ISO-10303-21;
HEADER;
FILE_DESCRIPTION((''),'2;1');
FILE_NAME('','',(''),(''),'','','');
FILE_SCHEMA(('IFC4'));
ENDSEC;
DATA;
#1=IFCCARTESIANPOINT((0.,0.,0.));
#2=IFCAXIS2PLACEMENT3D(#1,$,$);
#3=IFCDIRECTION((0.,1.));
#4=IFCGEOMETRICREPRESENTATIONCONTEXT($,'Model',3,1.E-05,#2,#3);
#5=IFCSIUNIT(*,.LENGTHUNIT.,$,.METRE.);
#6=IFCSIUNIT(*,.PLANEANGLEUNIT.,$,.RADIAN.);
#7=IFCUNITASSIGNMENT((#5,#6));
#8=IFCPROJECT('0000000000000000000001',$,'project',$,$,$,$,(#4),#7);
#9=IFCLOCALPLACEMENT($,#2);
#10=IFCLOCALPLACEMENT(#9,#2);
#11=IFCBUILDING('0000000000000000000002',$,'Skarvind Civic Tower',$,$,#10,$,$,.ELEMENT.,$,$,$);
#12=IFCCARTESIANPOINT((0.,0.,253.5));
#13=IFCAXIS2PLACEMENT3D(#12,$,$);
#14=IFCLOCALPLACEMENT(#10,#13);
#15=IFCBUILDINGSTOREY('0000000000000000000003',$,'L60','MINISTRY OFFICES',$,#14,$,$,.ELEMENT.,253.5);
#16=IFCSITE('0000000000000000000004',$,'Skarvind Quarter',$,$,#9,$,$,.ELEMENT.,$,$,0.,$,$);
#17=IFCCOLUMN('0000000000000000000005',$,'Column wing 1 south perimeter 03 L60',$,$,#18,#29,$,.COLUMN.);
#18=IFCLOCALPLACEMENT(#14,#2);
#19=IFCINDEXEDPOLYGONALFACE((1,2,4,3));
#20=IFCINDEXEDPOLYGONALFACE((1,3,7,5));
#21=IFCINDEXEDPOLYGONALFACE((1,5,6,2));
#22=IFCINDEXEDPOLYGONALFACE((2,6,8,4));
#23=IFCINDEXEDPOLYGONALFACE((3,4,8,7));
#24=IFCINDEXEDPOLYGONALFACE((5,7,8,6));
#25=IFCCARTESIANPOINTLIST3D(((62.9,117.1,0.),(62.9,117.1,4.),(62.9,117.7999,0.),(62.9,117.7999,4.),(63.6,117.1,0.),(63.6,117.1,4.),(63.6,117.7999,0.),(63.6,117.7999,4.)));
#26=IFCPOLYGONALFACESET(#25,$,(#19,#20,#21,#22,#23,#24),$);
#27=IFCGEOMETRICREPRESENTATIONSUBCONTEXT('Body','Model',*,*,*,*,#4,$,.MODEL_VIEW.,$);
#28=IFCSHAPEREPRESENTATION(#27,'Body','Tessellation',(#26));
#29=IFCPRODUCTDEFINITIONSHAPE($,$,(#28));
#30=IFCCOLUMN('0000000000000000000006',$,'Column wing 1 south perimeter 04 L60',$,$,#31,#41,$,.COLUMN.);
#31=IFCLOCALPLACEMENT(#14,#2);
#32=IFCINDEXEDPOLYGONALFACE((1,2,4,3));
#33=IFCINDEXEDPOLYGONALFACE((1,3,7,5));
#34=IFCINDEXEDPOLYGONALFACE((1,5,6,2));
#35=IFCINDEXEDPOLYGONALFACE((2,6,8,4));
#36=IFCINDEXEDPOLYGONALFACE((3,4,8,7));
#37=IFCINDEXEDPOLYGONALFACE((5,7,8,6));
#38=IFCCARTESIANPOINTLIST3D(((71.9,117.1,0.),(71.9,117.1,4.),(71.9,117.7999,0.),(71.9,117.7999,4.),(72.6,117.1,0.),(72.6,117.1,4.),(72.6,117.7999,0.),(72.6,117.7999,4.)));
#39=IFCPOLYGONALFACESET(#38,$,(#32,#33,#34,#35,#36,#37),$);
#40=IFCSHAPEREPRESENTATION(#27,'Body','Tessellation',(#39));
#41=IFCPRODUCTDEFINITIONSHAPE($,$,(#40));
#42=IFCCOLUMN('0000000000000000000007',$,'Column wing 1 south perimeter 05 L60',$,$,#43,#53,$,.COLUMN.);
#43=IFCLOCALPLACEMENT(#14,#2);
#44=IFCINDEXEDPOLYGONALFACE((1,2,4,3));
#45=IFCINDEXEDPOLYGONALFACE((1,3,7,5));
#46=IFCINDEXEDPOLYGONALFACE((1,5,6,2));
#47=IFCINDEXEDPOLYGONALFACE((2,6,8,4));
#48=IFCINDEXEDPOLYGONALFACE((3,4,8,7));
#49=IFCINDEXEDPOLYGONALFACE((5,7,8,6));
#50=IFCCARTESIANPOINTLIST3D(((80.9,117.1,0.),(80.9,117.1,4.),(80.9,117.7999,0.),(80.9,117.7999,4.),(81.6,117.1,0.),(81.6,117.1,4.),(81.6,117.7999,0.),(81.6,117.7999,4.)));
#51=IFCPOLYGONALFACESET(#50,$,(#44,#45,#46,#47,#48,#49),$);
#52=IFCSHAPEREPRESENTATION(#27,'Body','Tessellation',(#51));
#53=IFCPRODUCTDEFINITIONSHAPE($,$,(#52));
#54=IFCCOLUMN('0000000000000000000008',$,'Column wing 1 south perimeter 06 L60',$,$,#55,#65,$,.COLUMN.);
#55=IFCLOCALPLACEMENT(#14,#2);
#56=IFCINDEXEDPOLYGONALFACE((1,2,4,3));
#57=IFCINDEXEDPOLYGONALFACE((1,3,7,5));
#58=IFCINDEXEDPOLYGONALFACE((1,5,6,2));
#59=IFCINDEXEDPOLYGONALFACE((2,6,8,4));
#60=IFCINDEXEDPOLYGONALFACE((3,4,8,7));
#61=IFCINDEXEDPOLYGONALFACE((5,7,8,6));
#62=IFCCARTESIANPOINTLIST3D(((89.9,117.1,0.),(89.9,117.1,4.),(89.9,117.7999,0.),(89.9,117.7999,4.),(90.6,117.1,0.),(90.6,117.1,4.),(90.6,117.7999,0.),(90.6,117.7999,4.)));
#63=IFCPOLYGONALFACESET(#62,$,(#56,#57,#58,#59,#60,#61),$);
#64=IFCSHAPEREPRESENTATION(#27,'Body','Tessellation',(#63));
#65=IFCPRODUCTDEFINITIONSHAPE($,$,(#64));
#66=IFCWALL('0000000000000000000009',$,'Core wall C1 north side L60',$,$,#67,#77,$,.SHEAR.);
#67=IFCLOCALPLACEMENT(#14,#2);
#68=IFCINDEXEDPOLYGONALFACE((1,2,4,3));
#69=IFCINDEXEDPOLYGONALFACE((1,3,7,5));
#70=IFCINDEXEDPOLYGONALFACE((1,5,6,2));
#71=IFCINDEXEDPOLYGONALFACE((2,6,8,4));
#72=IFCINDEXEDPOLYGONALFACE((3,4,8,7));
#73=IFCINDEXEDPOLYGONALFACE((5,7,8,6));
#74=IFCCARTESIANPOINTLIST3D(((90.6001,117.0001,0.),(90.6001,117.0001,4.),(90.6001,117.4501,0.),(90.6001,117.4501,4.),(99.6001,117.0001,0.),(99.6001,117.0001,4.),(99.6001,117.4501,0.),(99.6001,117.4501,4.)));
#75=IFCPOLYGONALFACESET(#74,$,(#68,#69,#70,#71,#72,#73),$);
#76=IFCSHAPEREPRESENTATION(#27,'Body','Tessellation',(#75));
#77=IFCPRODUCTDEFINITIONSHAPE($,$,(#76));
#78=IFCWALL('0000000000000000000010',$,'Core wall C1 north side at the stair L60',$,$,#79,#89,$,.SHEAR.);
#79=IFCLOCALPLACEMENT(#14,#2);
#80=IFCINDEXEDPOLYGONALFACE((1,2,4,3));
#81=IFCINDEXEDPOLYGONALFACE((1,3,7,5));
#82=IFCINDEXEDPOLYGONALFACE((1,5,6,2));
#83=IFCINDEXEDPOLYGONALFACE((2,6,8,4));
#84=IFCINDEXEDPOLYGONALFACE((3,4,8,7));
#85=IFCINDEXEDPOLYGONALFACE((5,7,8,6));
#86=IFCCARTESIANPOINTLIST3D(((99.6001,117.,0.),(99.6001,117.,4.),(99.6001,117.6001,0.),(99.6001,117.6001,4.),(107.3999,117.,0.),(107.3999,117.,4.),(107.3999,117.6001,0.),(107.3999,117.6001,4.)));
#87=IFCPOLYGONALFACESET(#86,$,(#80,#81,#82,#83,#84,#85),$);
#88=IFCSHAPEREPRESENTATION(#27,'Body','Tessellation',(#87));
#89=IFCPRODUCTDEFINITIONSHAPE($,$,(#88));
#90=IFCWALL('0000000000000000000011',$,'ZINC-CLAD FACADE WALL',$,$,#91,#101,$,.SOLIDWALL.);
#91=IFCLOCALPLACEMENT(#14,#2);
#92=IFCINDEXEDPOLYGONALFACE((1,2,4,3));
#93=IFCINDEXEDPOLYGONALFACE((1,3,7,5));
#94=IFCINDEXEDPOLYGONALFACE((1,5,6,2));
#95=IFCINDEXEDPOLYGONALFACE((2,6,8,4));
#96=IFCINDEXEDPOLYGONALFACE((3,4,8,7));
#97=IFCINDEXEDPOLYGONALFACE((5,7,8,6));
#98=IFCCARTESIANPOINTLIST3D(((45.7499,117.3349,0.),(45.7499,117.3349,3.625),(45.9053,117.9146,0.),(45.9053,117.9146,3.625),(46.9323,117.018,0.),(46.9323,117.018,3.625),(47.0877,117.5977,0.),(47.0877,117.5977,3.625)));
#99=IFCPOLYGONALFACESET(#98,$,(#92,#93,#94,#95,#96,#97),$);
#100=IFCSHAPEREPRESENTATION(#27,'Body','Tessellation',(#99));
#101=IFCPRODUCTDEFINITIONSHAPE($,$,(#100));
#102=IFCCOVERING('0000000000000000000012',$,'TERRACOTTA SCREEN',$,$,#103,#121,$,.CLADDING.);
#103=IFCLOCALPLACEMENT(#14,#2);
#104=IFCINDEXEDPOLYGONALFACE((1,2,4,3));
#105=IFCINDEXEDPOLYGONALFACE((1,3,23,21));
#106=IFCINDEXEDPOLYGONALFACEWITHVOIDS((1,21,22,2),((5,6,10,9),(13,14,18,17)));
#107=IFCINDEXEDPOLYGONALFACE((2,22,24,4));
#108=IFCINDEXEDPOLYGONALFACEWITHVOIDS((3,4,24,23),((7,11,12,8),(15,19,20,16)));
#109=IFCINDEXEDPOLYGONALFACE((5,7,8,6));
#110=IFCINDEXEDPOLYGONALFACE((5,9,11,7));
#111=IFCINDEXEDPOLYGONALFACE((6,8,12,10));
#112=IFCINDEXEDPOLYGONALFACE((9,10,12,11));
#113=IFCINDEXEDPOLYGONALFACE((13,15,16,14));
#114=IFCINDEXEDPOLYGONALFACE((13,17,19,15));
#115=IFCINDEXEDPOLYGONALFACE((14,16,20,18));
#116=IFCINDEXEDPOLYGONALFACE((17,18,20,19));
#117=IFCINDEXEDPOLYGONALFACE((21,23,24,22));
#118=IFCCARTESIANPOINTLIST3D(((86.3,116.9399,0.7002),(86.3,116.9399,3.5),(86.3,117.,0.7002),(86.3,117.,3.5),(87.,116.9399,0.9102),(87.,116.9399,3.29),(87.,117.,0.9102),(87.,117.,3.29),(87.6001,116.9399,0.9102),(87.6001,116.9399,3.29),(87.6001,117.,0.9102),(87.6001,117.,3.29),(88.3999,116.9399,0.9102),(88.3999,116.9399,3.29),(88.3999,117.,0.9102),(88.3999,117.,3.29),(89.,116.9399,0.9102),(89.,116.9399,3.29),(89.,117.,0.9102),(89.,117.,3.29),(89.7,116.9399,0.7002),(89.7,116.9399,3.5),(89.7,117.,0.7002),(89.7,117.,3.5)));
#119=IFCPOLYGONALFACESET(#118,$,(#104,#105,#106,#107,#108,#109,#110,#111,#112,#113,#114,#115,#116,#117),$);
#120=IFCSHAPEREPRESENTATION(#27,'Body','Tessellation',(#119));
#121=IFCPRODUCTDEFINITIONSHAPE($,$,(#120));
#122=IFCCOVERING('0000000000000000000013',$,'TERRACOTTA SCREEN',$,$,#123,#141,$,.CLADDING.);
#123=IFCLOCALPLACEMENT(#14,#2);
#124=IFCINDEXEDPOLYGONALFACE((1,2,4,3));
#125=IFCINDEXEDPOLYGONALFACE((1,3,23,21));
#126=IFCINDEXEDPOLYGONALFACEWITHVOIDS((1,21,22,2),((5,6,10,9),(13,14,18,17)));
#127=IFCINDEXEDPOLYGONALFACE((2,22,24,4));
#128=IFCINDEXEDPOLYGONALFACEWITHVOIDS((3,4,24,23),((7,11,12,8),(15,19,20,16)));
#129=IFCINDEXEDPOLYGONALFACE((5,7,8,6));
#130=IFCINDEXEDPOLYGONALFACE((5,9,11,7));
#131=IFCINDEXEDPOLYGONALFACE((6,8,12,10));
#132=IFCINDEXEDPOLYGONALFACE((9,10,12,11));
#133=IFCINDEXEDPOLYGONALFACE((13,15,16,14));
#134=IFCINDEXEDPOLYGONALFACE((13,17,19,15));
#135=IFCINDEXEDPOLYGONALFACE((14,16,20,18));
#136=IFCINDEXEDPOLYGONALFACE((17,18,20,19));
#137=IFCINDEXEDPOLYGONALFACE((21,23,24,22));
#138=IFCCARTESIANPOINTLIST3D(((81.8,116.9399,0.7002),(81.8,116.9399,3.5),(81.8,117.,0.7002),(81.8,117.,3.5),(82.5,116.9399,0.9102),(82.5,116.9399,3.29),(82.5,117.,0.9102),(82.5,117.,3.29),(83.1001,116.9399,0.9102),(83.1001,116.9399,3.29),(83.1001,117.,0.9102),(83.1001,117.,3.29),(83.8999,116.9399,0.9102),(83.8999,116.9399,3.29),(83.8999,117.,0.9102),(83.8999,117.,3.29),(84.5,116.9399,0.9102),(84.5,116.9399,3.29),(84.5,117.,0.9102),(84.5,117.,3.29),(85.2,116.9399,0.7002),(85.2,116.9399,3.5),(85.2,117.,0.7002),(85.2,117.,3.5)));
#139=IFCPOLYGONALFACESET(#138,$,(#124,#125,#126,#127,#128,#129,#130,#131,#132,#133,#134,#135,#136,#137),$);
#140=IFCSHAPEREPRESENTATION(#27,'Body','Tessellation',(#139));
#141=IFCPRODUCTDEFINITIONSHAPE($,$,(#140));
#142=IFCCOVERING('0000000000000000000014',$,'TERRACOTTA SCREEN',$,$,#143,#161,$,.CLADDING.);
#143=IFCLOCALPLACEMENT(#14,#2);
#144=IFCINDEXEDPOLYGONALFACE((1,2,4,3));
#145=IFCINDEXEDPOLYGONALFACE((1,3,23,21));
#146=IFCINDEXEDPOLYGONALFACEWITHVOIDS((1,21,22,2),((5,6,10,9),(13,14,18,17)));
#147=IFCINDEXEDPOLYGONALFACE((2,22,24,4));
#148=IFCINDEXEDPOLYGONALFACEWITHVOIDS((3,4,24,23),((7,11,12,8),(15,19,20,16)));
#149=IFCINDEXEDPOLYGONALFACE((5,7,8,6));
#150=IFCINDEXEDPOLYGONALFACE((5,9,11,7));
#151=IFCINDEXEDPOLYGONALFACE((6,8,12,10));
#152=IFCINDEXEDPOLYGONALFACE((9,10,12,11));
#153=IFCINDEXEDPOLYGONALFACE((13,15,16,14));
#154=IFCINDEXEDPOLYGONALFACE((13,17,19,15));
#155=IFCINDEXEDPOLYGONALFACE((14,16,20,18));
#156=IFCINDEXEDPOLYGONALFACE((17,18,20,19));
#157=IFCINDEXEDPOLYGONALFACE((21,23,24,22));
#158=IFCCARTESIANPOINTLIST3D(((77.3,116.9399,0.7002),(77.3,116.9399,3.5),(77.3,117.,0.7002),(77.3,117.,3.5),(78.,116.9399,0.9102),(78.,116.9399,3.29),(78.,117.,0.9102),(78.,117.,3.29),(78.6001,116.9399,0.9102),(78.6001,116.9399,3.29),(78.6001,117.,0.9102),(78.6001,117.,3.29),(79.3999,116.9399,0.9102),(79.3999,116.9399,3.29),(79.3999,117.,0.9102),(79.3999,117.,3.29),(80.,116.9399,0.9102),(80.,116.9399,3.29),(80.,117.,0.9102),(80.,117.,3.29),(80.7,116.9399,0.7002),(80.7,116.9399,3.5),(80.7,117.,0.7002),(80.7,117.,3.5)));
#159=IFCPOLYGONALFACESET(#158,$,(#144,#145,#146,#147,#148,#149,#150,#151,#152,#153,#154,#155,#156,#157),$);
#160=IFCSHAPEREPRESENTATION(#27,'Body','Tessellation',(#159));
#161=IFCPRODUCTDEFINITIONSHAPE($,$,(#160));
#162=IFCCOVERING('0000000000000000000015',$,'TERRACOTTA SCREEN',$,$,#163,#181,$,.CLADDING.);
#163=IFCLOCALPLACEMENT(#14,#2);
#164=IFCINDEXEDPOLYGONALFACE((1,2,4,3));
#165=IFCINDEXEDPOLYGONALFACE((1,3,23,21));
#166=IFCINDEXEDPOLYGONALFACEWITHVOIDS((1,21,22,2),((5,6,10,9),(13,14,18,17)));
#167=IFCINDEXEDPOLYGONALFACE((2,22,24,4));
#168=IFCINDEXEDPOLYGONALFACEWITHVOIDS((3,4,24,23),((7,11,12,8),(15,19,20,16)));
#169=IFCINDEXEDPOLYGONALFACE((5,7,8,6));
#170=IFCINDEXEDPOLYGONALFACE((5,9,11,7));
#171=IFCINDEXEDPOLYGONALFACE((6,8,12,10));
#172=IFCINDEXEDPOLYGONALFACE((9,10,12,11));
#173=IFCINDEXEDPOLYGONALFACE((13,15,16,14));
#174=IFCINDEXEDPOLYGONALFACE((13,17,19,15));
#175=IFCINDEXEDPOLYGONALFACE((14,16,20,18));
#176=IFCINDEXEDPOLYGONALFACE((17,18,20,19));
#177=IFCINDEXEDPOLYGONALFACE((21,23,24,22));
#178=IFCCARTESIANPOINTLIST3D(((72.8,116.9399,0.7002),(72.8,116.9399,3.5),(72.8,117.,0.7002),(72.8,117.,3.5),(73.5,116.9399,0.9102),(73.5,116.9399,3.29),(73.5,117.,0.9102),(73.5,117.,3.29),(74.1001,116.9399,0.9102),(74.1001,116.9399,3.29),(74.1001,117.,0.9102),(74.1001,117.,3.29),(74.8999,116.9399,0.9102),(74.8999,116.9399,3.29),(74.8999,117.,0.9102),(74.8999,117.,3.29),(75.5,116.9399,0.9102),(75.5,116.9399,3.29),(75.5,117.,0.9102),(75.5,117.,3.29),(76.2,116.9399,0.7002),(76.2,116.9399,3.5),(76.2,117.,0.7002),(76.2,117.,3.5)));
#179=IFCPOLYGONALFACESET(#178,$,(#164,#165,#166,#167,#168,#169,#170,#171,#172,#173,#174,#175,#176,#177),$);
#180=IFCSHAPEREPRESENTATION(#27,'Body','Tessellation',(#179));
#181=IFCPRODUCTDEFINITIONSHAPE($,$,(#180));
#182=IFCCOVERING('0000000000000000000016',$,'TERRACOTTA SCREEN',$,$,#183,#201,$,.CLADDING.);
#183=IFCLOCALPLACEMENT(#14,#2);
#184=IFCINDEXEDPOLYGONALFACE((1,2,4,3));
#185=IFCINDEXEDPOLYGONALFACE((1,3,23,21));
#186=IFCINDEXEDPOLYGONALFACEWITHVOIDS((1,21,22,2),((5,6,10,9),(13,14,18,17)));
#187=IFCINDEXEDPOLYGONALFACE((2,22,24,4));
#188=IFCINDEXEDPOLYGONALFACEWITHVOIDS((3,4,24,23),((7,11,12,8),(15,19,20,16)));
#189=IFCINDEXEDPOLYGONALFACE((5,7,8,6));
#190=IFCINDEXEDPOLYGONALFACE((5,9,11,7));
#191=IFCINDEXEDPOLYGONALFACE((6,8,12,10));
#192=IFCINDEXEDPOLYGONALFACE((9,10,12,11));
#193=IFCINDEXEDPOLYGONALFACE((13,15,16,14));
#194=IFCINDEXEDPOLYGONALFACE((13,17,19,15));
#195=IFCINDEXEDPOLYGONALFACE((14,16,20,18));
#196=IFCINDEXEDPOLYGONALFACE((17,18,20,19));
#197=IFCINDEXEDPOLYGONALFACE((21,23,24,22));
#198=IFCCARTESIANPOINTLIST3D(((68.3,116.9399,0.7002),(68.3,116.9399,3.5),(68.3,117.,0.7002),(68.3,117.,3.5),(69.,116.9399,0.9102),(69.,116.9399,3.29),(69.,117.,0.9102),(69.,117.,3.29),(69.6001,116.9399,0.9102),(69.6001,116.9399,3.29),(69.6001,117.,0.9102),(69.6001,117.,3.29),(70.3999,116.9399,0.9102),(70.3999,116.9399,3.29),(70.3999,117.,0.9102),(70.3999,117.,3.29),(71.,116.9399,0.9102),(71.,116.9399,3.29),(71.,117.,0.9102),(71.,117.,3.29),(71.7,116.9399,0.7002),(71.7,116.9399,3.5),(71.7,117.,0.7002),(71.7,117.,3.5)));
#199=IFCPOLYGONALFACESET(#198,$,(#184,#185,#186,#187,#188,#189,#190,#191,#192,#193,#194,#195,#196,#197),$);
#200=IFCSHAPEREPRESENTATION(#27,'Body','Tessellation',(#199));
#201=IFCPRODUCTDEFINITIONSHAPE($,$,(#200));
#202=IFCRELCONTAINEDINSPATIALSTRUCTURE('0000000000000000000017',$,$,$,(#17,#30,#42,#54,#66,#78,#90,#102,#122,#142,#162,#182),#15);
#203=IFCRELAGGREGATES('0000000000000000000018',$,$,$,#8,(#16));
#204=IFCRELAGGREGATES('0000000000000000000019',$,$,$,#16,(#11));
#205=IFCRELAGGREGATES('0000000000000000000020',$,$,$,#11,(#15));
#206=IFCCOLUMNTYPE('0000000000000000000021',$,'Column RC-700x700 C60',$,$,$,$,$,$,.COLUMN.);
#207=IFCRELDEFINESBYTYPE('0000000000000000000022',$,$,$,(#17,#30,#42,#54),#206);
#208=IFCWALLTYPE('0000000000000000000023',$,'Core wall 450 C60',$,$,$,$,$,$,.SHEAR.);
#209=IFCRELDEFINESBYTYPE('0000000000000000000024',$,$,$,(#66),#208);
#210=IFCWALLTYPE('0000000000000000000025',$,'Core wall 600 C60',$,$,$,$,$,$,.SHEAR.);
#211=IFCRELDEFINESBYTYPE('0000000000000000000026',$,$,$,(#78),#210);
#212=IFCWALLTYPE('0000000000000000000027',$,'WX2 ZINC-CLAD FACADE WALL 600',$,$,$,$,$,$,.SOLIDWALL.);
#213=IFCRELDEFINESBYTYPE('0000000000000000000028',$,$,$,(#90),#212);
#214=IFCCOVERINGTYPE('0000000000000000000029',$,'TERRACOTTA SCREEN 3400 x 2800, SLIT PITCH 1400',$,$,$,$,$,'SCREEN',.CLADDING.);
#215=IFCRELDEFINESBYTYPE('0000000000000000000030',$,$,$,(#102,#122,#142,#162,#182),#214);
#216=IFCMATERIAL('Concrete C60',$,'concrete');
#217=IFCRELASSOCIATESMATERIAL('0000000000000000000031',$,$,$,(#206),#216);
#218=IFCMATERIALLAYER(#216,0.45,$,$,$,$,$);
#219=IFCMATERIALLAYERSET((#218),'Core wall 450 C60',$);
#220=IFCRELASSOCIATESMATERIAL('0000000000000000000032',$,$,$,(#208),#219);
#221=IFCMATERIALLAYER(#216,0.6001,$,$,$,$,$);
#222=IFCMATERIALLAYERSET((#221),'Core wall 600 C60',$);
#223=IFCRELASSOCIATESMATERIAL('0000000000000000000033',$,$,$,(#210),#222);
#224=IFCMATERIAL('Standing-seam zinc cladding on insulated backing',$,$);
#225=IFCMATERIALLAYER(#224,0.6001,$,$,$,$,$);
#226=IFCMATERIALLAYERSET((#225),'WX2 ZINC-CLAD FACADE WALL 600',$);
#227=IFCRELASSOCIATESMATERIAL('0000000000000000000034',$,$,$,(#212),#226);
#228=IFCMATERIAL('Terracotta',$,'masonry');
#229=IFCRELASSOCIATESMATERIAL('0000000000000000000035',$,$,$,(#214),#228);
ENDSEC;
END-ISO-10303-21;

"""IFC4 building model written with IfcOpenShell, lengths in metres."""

from ifc_helpers import new_model, si_unit, direction, frame, frame_2d, origin, origin_2d, place, context, subcontext, project, spatial, polyline, rectangle, outline, extrude, material, layer, layer_set, material_profile, profile_set, type_object, element, save


model = new_model("IFC4")

# Units and contexts
model_context = context("Model", 3, precision=1e-05, world=origin(), true_north=direction((0.0, 1.0)))
body_context = subcontext(model_context, "Body", "Model", "MODEL_VIEW")
ifc_project = project(units=[si_unit("LENGTHUNIT", "METRE"), si_unit("PLANEANGLEUNIT", "RADIAN")], contexts=[model_context])

# Site, building, storey
site_placement = place(None, origin())
site = spatial("IfcSite", under=ifc_project, at=site_placement, Name="Skarvind Quarter", CompositionType="ELEMENT", RefElevation=0.0)
building_placement = place(site_placement, origin())
building = spatial("IfcBuilding", under=site, at=building_placement, Name="Skarvind Civic Tower", CompositionType="ELEMENT")
storey_placement = place(building_placement, frame((0.0, 0.0, 253.5)))
storey = spatial("IfcBuildingStorey", under=building, at=storey_placement, Name="L60", Description="MINISTRY OFFICES", CompositionType="ELEMENT", Elevation=253.5)

# Columns
ifc_material_1 = material(Name="Concrete C60", Category="concrete")
ifc_material_profile_1 = material_profile(ifc_material_1, rectangle(XDim=0.7, YDim=0.7, at=origin_2d()), Name="RC-700x700")
ifc_profile_set_1 = profile_set([ifc_material_profile_1], Name="Concrete C60")
column_type = type_object("IfcColumnType", Name="Column RC-700x700 C60", PredefinedType="COLUMN", material=ifc_profile_set_1)
for number, where, z_axis, x_axis, name in (
    (1, (63.25, 117.45, 0.0), (0.0, 0.0, 1.0), (1.0, 0.0, 0.0), "Column wing 1 south perimeter 03 L60"),
    (2, (72.25, 117.45, 0.0), (0.0, 0.0, 1.0), (1.0, 0.0, 0.0), "Column wing 1 south perimeter 04 L60"),
    (3, (81.25, 117.45, 0.0), (0.0, 0.0, 1.0), (1.0, 0.0, 0.0), "Column wing 1 south perimeter 05 L60"),
    (4, (90.25, 117.45, 0.0), (0.0, 0.0, 1.0), (1.0, 0.0, 0.0), "Column wing 1 south perimeter 06 L60"),
):
    element("IfcColumn", number, at=place(storey_placement, frame(where, z_axis=z_axis, x_axis=x_axis)), inside=storey, type_object=column_type, Name=name, PredefinedType="COLUMN", context=body_context, shape_type="SweptSolid", body=[
        extrude(rectangle(XDim=0.7, YDim=0.7, at=origin_2d()), origin(), (0.0, 0.0, 1.0), 4.0),
    ])

# Walls
ifc_layer_1 = layer(ifc_material_1, 0.45)
ifc_layer_set_1 = layer_set([ifc_layer_1], Name="Core wall 450 C60")
wall_type_1 = type_object("IfcWallType", Name="Core wall 450 C60", PredefinedType="SHEAR", material=ifc_layer_set_1)
wall_1_placement = place(storey_placement, frame((99.6001, 117.2251, 0.0), z_axis=(0.0, 0.0, 1.0), x_axis=(-1.0, 0.0, 0.0)))
element("IfcWall", 5, at=wall_1_placement, inside=storey, type_object=wall_type_1, Name="Core wall C1 north side L60", PredefinedType="SHEAR", context=body_context, shape_type="SweptSolid", body=[
    extrude(rectangle(XDim=9.0, YDim=0.45, at=frame_2d((4.5, 0.0))), origin(), (0.0, 0.0, 1.0), 4.0),
])
ifc_layer_2 = layer(ifc_material_1, 0.6001)
ifc_layer_set_2 = layer_set([ifc_layer_2], Name="Core wall 600 C60")
wall_type_2 = type_object("IfcWallType", Name="Core wall 600 C60", PredefinedType="SHEAR", material=ifc_layer_set_2)
wall_2_placement = place(storey_placement, frame((107.3999, 117.3, 0.0), z_axis=(0.0, 0.0, 1.0), x_axis=(-1.0, 0.0, 0.0)))
element("IfcWall", 6, at=wall_2_placement, inside=storey, type_object=wall_type_2, Name="Core wall C1 north side at the stair L60", PredefinedType="SHEAR", context=body_context, shape_type="SweptSolid", body=[
    extrude(rectangle(XDim=7.7998, YDim=0.6001, at=frame_2d((3.8999, 0.0))), origin(), (0.0, 0.0, 1.0), 4.0),
])
ifc_material_2 = material(Name="Standing-seam zinc cladding on insulated backing")
ifc_layer_3 = layer(ifc_material_2, 0.6001)
ifc_layer_set_3 = layer_set([ifc_layer_3], Name="WX2 ZINC-CLAD FACADE WALL 600")
wall_type_3 = type_object("IfcWallType", Name="WX2 ZINC-CLAD FACADE WALL 600", PredefinedType="SOLIDWALL", material=ifc_layer_set_3)
wall_3_placement = place(storey_placement, frame((47.01, 117.3079, 0.0), z_axis=(0.0, 0.0, 1.0), x_axis=(-0.96591, 0.258879, 0.0)))
element("IfcWall", 7, at=wall_3_placement, inside=storey, type_object=wall_type_3, Name="ZINC-CLAD FACADE WALL", PredefinedType="SOLIDWALL", context=body_context, shape_type="SweptSolid", body=[
    extrude(rectangle(XDim=1.2241, YDim=0.6001, at=frame_2d((0.6121, 0.0))), origin(), (0.0, 0.0, 1.0), 3.625),
])

# Coverings
ifc_material_3 = material(Name="Terracotta", Category="masonry")
ifc_material_profile_2 = material_profile(ifc_material_3, outline(polyline([(-1.7, -1.3999), (1.7, -1.3999), (1.7, 1.3999), (-1.7, 1.3999), (-1.7, -1.3999)]), holes=[polyline([(-1.0, -1.1899), (-0.3999, -1.1899), (-0.3999, 1.1899), (-1.0, 1.1899), (-1.0, -1.1899)]), polyline([(0.3999, -1.1899), (1.0, -1.1899), (1.0, 1.1899), (0.3999, 1.1899), (0.3999, -1.1899)])]), Name="TERRACOTTA SCREEN 3400 x 2800, SLIT PITCH 1400")
ifc_profile_set_2 = profile_set([ifc_material_profile_2], Name="Terracotta")
covering_type = type_object("IfcCoveringType", Name="TERRACOTTA SCREEN 3400 x 2800, SLIT PITCH 1400", ElementType="SCREEN", PredefinedType="CLADDING", material=ifc_profile_set_2)
for number, where, z_axis, x_axis, name in (
    (8, (88.0, 117.0, 2.1001), (0.0, -1.0, 0.0), (1.0, 0.0, 0.0), "TERRACOTTA SCREEN"),
    (9, (83.5, 117.0, 2.1001), (0.0, -1.0, 0.0), (1.0, 0.0, 0.0), "TERRACOTTA SCREEN"),
    (10, (79.0, 117.0, 2.1001), (0.0, -1.0, 0.0), (1.0, 0.0, 0.0), "TERRACOTTA SCREEN"),
    (11, (74.5, 117.0, 2.1001), (0.0, -1.0, 0.0), (1.0, 0.0, 0.0), "TERRACOTTA SCREEN"),
    (12, (70.0, 117.0, 2.1001), (0.0, -1.0, 0.0), (1.0, 0.0, 0.0), "TERRACOTTA SCREEN"),
):
    element("IfcCovering", number, at=place(storey_placement, frame(where, z_axis=z_axis, x_axis=x_axis)), inside=storey, type_object=covering_type, Name=name, PredefinedType="CLADDING", context=body_context, shape_type="SweptSolid", body=[
        extrude(outline(polyline([(-1.7, -1.3999), (1.7, -1.3999), (1.7, 1.3999), (-1.7, 1.3999), (-1.7, -1.3999)]), holes=[polyline([(-1.0, -1.1899), (-0.3999, -1.1899), (-0.3999, 1.1899), (-1.0, 1.1899), (-1.0, -1.1899)]), polyline([(0.3999, -1.1899), (1.0, -1.1899), (1.0, 1.1899), (0.3999, 1.1899), (0.3999, -1.1899)])]), origin(), (0.0, 0.0, 1.0), 0.0601),
    ])

save(model, "model.ifc")
